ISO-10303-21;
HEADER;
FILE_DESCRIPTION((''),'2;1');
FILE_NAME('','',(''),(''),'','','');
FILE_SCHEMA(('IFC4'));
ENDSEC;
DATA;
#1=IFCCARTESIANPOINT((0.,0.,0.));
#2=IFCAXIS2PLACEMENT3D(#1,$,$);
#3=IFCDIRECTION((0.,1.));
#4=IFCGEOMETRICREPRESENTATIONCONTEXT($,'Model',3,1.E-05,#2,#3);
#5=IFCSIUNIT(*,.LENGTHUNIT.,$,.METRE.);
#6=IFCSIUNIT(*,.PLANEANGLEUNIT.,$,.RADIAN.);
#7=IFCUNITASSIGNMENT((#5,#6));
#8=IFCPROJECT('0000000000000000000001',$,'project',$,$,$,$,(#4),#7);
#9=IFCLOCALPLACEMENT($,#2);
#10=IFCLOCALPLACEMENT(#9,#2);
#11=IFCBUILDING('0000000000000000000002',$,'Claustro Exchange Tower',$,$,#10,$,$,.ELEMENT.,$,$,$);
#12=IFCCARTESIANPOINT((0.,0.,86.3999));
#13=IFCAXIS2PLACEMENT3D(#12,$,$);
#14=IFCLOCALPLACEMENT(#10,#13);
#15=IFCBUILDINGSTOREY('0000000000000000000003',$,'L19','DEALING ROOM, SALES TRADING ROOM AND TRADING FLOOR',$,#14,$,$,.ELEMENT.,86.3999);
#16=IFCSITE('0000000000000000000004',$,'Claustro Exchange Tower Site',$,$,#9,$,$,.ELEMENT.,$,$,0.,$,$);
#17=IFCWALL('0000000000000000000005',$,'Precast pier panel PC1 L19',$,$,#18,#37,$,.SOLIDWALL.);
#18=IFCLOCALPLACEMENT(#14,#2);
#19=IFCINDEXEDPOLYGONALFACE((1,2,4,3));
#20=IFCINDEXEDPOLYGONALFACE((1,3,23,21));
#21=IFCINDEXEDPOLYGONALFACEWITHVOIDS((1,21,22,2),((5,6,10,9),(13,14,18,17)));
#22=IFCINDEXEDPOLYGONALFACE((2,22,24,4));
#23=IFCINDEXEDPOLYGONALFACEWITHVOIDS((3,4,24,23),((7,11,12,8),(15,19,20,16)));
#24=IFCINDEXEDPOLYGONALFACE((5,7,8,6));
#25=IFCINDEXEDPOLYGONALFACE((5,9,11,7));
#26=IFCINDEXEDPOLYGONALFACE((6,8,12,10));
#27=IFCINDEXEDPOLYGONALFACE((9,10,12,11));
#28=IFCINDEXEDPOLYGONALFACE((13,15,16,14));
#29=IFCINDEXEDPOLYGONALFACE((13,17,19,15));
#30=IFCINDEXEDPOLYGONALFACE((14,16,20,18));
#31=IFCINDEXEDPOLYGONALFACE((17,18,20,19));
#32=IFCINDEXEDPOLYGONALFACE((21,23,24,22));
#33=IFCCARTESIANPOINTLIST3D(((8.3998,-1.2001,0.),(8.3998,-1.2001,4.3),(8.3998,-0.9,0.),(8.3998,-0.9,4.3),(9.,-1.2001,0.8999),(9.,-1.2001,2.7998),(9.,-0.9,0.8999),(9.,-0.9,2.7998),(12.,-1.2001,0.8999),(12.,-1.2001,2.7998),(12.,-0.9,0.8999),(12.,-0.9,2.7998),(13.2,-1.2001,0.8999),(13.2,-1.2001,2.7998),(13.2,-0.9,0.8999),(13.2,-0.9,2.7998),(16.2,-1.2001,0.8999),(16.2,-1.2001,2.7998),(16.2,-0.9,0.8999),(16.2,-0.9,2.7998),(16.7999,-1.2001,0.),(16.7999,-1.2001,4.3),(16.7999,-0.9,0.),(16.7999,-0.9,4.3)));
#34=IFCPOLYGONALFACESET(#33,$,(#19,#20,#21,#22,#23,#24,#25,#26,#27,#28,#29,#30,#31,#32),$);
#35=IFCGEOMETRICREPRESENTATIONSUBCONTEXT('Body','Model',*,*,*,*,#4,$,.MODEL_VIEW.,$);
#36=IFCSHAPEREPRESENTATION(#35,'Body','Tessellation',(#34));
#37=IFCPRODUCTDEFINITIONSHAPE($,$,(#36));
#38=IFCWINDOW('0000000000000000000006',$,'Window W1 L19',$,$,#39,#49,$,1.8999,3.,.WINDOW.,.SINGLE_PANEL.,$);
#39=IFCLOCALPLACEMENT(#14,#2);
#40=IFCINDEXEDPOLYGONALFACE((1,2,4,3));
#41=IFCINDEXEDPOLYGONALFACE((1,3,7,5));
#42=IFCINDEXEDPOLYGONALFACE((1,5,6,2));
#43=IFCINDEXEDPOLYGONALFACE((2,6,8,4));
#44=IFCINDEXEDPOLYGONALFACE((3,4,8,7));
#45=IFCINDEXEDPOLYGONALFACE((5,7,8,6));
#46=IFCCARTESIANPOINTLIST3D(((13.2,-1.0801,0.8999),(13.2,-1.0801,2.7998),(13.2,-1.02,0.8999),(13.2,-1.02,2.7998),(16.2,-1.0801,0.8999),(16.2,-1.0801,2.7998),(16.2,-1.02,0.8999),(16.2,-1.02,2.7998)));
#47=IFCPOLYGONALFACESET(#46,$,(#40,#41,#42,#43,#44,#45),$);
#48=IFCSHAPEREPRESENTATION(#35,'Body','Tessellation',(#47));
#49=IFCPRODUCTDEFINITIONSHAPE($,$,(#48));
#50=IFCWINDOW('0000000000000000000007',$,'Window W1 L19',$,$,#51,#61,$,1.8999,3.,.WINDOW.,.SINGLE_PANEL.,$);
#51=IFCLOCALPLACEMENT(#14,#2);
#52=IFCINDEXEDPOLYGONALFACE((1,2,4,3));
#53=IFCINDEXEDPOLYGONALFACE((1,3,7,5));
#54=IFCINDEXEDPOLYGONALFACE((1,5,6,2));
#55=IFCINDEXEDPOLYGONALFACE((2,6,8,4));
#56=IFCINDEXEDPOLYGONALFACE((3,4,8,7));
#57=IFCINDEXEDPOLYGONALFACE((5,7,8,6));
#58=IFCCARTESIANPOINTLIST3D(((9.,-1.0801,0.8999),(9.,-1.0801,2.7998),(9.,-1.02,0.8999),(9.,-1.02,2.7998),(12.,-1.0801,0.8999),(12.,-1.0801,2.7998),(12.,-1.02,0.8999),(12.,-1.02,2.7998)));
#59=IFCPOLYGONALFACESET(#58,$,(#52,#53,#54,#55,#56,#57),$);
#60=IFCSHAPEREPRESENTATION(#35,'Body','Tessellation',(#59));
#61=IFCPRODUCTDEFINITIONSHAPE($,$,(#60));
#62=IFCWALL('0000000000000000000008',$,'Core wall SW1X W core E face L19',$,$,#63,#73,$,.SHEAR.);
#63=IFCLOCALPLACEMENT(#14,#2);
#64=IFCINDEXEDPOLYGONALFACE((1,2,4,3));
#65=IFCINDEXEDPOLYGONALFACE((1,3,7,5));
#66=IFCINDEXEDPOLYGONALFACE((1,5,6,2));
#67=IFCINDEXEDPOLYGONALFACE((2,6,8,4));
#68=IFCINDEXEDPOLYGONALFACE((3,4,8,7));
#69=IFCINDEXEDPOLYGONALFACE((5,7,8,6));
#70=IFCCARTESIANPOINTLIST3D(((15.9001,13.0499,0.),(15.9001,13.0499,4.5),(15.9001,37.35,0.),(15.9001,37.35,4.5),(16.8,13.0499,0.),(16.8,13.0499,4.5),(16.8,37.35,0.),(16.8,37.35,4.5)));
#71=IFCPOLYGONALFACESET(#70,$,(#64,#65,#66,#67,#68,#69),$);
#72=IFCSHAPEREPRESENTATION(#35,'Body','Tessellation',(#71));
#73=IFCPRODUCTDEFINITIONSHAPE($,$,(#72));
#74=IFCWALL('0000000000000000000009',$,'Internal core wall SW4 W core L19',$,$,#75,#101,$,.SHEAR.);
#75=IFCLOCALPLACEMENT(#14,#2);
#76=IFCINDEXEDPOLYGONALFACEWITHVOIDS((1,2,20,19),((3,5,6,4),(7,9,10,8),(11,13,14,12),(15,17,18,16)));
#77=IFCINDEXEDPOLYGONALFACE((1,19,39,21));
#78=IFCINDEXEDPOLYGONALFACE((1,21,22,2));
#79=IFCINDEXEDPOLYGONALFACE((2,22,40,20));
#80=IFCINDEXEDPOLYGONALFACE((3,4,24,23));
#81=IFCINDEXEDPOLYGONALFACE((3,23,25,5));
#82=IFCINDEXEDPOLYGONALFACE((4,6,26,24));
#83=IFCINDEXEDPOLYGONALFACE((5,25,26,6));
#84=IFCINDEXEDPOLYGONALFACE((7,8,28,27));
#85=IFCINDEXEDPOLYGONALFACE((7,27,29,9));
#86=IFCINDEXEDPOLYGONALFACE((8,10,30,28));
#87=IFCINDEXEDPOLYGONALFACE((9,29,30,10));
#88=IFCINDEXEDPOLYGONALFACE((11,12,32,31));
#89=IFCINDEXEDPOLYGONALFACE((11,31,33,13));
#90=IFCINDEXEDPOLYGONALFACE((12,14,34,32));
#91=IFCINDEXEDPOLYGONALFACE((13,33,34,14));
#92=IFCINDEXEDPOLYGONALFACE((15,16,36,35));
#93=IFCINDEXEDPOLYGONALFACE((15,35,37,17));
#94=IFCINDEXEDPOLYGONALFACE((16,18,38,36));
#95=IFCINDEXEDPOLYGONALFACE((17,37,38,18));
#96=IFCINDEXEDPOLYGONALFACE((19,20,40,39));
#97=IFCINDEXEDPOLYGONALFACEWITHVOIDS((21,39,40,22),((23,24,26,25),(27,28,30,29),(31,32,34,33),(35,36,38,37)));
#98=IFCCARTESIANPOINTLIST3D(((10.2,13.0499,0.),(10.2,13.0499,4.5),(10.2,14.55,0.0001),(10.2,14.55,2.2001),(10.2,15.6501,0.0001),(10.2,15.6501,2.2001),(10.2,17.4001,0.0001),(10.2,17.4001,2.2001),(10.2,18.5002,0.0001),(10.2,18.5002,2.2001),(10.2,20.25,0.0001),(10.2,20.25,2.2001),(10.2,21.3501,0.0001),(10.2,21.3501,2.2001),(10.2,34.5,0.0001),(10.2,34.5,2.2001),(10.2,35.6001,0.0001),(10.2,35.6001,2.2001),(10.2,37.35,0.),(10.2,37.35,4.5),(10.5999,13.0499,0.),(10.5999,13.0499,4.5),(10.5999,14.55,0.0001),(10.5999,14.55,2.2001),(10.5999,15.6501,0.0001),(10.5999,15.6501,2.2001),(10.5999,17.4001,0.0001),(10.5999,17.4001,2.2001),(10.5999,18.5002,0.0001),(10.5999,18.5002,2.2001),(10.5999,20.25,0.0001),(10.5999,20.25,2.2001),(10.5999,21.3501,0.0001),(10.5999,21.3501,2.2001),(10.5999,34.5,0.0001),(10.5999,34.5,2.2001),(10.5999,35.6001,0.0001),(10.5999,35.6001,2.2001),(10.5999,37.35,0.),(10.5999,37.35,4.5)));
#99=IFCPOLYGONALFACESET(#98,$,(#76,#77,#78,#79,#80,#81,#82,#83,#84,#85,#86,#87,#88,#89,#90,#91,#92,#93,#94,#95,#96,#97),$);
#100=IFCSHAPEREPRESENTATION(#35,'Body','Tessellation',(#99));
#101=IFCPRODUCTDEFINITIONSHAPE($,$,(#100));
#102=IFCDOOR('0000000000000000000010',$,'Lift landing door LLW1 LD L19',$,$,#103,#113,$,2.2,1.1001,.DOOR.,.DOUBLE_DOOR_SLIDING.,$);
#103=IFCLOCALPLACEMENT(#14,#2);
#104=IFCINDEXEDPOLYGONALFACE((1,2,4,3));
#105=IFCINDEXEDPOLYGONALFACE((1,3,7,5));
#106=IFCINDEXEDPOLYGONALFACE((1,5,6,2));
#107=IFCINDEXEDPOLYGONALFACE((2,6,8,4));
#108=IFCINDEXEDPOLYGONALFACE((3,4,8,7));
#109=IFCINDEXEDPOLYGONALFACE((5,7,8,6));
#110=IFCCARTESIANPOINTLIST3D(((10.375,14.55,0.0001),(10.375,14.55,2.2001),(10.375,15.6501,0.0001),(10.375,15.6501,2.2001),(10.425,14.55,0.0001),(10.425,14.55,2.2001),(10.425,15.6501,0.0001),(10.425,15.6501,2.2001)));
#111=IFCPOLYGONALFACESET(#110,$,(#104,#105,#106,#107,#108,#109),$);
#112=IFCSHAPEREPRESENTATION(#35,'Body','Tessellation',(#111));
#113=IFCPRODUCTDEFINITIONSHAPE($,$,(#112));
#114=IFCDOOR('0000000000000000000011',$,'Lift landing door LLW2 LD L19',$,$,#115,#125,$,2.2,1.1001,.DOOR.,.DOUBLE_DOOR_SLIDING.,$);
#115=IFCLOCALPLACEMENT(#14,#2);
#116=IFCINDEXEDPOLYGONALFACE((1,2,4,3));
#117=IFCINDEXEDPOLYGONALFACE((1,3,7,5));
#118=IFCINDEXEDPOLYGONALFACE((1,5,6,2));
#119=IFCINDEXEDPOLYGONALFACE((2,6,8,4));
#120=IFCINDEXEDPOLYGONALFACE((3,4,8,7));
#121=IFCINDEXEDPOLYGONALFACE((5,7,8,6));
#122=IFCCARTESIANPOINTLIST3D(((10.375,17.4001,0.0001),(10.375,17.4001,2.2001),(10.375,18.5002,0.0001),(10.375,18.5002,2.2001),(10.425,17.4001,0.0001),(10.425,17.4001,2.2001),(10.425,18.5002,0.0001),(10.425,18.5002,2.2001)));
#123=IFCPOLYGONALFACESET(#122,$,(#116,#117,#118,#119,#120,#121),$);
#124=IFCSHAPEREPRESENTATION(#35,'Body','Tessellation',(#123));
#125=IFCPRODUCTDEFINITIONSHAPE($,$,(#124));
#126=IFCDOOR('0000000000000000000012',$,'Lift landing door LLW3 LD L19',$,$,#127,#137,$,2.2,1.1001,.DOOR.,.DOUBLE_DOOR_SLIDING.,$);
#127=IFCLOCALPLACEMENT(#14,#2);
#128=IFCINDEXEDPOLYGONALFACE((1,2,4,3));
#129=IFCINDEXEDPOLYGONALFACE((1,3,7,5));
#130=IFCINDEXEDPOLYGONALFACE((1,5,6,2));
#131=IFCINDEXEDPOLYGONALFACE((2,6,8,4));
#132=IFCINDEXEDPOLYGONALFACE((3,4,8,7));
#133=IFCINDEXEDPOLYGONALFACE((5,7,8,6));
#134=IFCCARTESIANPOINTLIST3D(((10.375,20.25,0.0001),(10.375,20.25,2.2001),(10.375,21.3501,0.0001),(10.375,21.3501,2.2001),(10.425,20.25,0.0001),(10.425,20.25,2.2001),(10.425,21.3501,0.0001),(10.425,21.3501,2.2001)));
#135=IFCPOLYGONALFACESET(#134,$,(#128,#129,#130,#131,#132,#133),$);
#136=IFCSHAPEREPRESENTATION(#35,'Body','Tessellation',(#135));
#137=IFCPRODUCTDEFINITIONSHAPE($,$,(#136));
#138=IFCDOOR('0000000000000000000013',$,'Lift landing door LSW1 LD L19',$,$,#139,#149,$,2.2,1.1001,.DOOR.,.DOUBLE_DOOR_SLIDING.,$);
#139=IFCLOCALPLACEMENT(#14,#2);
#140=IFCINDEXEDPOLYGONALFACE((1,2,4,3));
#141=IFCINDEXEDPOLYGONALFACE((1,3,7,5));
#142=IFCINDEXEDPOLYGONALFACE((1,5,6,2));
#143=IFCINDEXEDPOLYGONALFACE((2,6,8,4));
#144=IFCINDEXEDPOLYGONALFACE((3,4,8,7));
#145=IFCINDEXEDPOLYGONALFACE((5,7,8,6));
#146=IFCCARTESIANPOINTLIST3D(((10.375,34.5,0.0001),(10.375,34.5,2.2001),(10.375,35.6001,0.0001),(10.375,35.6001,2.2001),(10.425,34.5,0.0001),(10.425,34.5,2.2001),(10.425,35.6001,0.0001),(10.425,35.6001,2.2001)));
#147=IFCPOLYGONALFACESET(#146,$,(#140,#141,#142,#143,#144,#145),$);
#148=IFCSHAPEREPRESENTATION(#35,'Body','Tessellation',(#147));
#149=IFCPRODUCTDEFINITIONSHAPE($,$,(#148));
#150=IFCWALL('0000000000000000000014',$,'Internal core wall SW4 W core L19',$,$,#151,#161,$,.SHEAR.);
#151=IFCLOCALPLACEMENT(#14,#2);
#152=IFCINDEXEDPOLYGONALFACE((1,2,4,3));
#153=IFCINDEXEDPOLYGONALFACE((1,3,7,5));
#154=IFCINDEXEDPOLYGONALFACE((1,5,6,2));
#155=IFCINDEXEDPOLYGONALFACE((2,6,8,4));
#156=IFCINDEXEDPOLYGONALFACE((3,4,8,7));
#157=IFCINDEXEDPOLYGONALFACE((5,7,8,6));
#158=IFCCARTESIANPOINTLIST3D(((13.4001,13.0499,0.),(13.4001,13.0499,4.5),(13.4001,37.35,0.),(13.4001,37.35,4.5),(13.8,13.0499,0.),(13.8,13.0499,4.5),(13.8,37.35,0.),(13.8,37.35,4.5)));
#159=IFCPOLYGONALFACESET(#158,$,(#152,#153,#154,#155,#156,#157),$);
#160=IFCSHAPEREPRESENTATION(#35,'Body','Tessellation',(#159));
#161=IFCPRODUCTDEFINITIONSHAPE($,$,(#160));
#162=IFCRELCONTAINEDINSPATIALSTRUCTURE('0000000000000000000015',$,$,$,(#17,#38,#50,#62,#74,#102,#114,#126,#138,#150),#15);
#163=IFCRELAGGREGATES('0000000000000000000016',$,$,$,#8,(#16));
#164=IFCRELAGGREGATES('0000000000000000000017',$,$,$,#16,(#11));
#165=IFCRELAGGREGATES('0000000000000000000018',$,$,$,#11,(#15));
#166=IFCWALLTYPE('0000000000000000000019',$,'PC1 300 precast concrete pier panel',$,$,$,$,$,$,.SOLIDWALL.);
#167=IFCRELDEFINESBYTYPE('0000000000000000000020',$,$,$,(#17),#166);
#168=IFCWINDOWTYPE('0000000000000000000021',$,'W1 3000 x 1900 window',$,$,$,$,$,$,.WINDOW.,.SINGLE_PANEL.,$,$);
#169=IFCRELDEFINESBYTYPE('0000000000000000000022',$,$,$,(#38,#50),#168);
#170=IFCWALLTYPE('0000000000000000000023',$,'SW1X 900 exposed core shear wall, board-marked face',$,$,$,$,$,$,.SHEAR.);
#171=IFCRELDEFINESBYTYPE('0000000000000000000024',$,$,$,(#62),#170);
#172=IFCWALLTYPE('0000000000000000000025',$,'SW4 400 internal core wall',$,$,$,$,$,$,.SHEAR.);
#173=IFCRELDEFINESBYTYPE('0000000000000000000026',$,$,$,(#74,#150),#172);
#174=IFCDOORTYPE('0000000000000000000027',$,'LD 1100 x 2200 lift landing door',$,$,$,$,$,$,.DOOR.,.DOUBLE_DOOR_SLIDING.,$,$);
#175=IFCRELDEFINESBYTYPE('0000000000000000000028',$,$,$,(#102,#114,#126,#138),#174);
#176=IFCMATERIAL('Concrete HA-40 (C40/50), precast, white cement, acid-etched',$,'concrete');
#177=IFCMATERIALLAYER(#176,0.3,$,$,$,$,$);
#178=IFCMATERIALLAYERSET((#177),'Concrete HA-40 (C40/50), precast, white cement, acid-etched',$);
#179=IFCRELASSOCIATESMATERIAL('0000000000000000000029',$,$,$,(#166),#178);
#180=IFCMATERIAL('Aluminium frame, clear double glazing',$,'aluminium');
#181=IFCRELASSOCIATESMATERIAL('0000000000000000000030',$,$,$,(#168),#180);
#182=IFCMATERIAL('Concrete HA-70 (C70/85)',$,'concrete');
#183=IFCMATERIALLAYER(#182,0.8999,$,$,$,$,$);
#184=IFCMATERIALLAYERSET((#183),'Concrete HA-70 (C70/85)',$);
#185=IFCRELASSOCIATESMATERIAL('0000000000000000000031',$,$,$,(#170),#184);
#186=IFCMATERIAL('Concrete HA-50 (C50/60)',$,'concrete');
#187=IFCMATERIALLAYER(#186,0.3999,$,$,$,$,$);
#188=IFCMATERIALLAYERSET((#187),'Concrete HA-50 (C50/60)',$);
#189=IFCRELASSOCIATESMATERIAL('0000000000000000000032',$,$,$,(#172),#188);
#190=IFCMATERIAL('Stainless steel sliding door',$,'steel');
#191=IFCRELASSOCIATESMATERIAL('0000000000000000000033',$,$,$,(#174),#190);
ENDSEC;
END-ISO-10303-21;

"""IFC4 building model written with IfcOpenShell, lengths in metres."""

from ifc_helpers import new_model, si_unit, direction, frame, frame_2d, origin, place, context, subcontext, project, spatial, rectangle, extrude, material, layer, layer_set, type_object, element, fill, save


model = new_model("IFC4")

# Units and contexts
model_context = context("Model", 3, precision=1e-05, world=origin(), true_north=direction((0.0, 1.0)))
body_context = subcontext(model_context, "Body", "Model", "MODEL_VIEW")
ifc_project = project(units=[si_unit("LENGTHUNIT", "METRE"), si_unit("PLANEANGLEUNIT", "RADIAN")], contexts=[model_context])

# Site, building, storey
site_placement = place(None, origin())
site = spatial("IfcSite", under=ifc_project, at=site_placement, Name="Claustro Exchange Tower Site", CompositionType="ELEMENT", RefElevation=0.0)
building_placement = place(site_placement, origin())
building = spatial("IfcBuilding", under=site, at=building_placement, Name="Claustro Exchange Tower", CompositionType="ELEMENT")
storey_placement = place(building_placement, frame((0.0, 0.0, 86.3999)))
storey = spatial("IfcBuildingStorey", under=building, at=storey_placement, Name="L19", Description="DEALING ROOM, SALES TRADING ROOM AND TRADING FLOOR", CompositionType="ELEMENT", Elevation=86.3999)

# Wall, openings, windows
ifc_material_1 = material(Name="Concrete HA-40 (C40/50), precast, white cement, acid-etched", Category="concrete")
ifc_layer_1 = layer(ifc_material_1, 0.3)
ifc_layer_set_1 = layer_set([ifc_layer_1], Name="Concrete HA-40 (C40/50), precast, white cement, acid-etched")
wall_type_1 = type_object("IfcWallType", Name="PC1 300 precast concrete pier panel", PredefinedType="SOLIDWALL", material=ifc_layer_set_1)
wall_1_placement = place(storey_placement, frame((16.8, -1.05, 0.0), z_axis=(0.0, 0.0, 1.0), x_axis=(-1.0, 0.0, 0.0)))
wall_1 = element("IfcWall", 1, at=wall_1_placement, inside=storey, type_object=wall_type_1, Name="Precast pier panel PC1 L19", PredefinedType="SOLIDWALL", context=body_context, shape_type="SweptSolid", body=[
    extrude(rectangle(XDim=8.4001, YDim=0.3, at=frame_2d((4.2002, 0.0))), origin(), (0.0, 0.0, 1.0), 4.3),
])
opening_1_placement = place(wall_1_placement, frame((0.6001, 0.0, 0.8999)))
opening_1 = element("IfcOpeningElement", 2, at=opening_1_placement, cuts=wall_1, PredefinedType="OPENING", context=body_context, shape_type="SweptSolid", body=[
    extrude(rectangle(XDim=3.0, YDim=1.8999, at=frame_2d((1.5, 0.95))), frame((0.0, 0.1599, 0.0), z_axis=(0.0, -1.0, 0.0), x_axis=(1.0, 0.0, 0.0)), (0.0, 0.0, 1.0), 0.3201),
])
opening_2_placement = place(wall_1_placement, frame((4.8, 0.0, 0.8999)))
opening_2 = element("IfcOpeningElement", 3, at=opening_2_placement, cuts=wall_1, PredefinedType="OPENING", context=body_context, shape_type="SweptSolid", body=[
    extrude(rectangle(XDim=3.0, YDim=1.8999, at=frame_2d((1.5, 0.95))), frame((0.0, 0.1599, 0.0), z_axis=(0.0, -1.0, 0.0), x_axis=(1.0, 0.0, 0.0)), (0.0, 0.0, 1.0), 0.3201),
])
ifc_material_2 = material(Name="Aluminium frame, clear double glazing", Category="aluminium")
window_type = type_object("IfcWindowType", Name="W1 3000 x 1900 window", PartitioningType="SINGLE_PANEL", PredefinedType="WINDOW", material=ifc_material_2)
window_1_placement = place(opening_1_placement, origin())
window_1 = element("IfcWindow", 4, at=window_1_placement, inside=storey, type_object=window_type, Name="Window W1 L19", OverallHeight=1.8999, OverallWidth=3.0, PartitioningType="SINGLE_PANEL", PredefinedType="WINDOW", context=body_context, shape_type="SweptSolid", body=[
    extrude(rectangle(XDim=3.0, YDim=1.8999, at=frame_2d((1.5, 0.95))), frame((0.0, 0.03, 0.0), z_axis=(0.0, -1.0, 0.0), x_axis=(1.0, 0.0, 0.0)), (0.0, 0.0, 1.0), 0.0601),
])
fill(opening_1, window_1)
window_2_placement = place(opening_2_placement, origin())
window_2 = element("IfcWindow", 5, at=window_2_placement, inside=storey, type_object=window_type, Name="Window W1 L19", OverallHeight=1.8999, OverallWidth=3.0, PartitioningType="SINGLE_PANEL", PredefinedType="WINDOW", context=body_context, shape_type="SweptSolid", body=[
    extrude(rectangle(XDim=3.0, YDim=1.8999, at=frame_2d((1.5, 0.95))), frame((0.0, 0.03, 0.0), z_axis=(0.0, -1.0, 0.0), x_axis=(1.0, 0.0, 0.0)), (0.0, 0.0, 1.0), 0.0601),
])
fill(opening_2, window_2)

# Wall
ifc_material_3 = material(Name="Concrete HA-70 (C70/85)", Category="concrete")
ifc_layer_2 = layer(ifc_material_3, 0.8999)
ifc_layer_set_2 = layer_set([ifc_layer_2], Name="Concrete HA-70 (C70/85)")
wall_type_2 = type_object("IfcWallType", Name="SW1X 900 exposed core shear wall, board-marked face", PredefinedType="SHEAR", material=ifc_layer_set_2)
wall_2_placement = place(storey_placement, frame((16.3501, 13.05, 0.0), z_axis=(0.0, 0.0, 1.0), x_axis=(0.0, 1.0, 0.0)))
element("IfcWall", 6, at=wall_2_placement, inside=storey, type_object=wall_type_2, Name="Core wall SW1X W core E face L19", PredefinedType="SHEAR", context=body_context, shape_type="SweptSolid", body=[
    extrude(rectangle(XDim=24.3, YDim=0.8999, at=frame_2d((12.1499, 0.0))), origin(), (0.0, 0.0, 1.0), 4.5),
])

# Wall, openings, doors
ifc_material_4 = material(Name="Concrete HA-50 (C50/60)", Category="concrete")
ifc_layer_3 = layer(ifc_material_4, 0.3999)
ifc_layer_set_3 = layer_set([ifc_layer_3], Name="Concrete HA-50 (C50/60)")
wall_type_3 = type_object("IfcWallType", Name="SW4 400 internal core wall", PredefinedType="SHEAR", material=ifc_layer_set_3)
wall_3_placement = place(storey_placement, frame((10.3999, 13.05, 0.0), z_axis=(0.0, 0.0, 1.0), x_axis=(0.0, 1.0, 0.0)))
wall_3 = element("IfcWall", 7, at=wall_3_placement, inside=storey, type_object=wall_type_3, Name="Internal core wall SW4 W core L19", PredefinedType="SHEAR", context=body_context, shape_type="SweptSolid", body=[
    extrude(rectangle(XDim=24.3, YDim=0.3999, at=frame_2d((12.1499, 0.0))), origin(), (0.0, 0.0, 1.0), 4.5),
])
opening_3_placement = place(wall_3_placement, frame((1.5, 0.0, 0.0)))
opening_3 = element("IfcOpeningElement", 8, at=opening_3_placement, cuts=wall_3, PredefinedType="OPENING", context=body_context, shape_type="SweptSolid", body=[
    extrude(rectangle(XDim=1.1001, YDim=2.2, at=frame_2d((0.55, 1.1001))), frame((0.0, 0.21, 0.0), z_axis=(0.0, -1.0, 0.0), x_axis=(1.0, 0.0, 0.0)), (0.0, 0.0, 1.0), 0.4199),
])
opening_4_placement = place(wall_3_placement, frame((4.3501, 0.0, 0.0)))
opening_4 = element("IfcOpeningElement", 9, at=opening_4_placement, cuts=wall_3, PredefinedType="OPENING", context=body_context, shape_type="SweptSolid", body=[
    extrude(rectangle(XDim=1.1001, YDim=2.2, at=frame_2d((0.55, 1.1001))), frame((0.0, 0.21, 0.0), z_axis=(0.0, -1.0, 0.0), x_axis=(1.0, 0.0, 0.0)), (0.0, 0.0, 1.0), 0.4199),
])
opening_5_placement = place(wall_3_placement, frame((7.2, 0.0, 0.0)))
opening_5 = element("IfcOpeningElement", 10, at=opening_5_placement, cuts=wall_3, PredefinedType="OPENING", context=body_context, shape_type="SweptSolid", body=[
    extrude(rectangle(XDim=1.1001, YDim=2.2, at=frame_2d((0.55, 1.1001))), frame((0.0, 0.21, 0.0), z_axis=(0.0, -1.0, 0.0), x_axis=(1.0, 0.0, 0.0)), (0.0, 0.0, 1.0), 0.4199),
])
opening_6_placement = place(wall_3_placement, frame((21.45, 0.0, 0.0)))
opening_6 = element("IfcOpeningElement", 11, at=opening_6_placement, cuts=wall_3, PredefinedType="OPENING", context=body_context, shape_type="SweptSolid", body=[
    extrude(rectangle(XDim=1.1001, YDim=2.2, at=frame_2d((0.55, 1.1001))), frame((0.0, 0.21, 0.0), z_axis=(0.0, -1.0, 0.0), x_axis=(1.0, 0.0, 0.0)), (0.0, 0.0, 1.0), 0.4199),
])
ifc_material_5 = material(Name="Stainless steel sliding door", Category="steel")
door_type_1 = type_object("IfcDoorType", Name="LD 1100 x 2200 lift landing door", OperationType="DOUBLE_DOOR_SLIDING", PredefinedType="DOOR", material=ifc_material_5)
door_1_placement = place(opening_3_placement, origin())
door_1 = element("IfcDoor", 12, at=door_1_placement, inside=storey, type_object=door_type_1, Name="Lift landing door LLW1 LD L19", OperationType="DOUBLE_DOOR_SLIDING", OverallHeight=2.2, OverallWidth=1.1001, PredefinedType="DOOR", context=body_context, shape_type="SweptSolid", body=[
    extrude(rectangle(XDim=1.1001, YDim=2.2, at=frame_2d((0.55, 1.1001))), frame((0.0, 0.0249, 0.0), z_axis=(0.0, -1.0, 0.0), x_axis=(1.0, 0.0, 0.0)), (0.0, 0.0, 1.0), 0.05),
])
fill(opening_3, door_1)
door_2_placement = place(opening_4_placement, origin())
door_2 = element("IfcDoor", 13, at=door_2_placement, inside=storey, type_object=door_type_1, Name="Lift landing door LLW2 LD L19", OperationType="DOUBLE_DOOR_SLIDING", OverallHeight=2.2, OverallWidth=1.1001, PredefinedType="DOOR", context=body_context, shape_type="SweptSolid", body=[
    extrude(rectangle(XDim=1.1001, YDim=2.2, at=frame_2d((0.55, 1.1001))), frame((0.0, 0.0249, 0.0), z_axis=(0.0, -1.0, 0.0), x_axis=(1.0, 0.0, 0.0)), (0.0, 0.0, 1.0), 0.05),
])
fill(opening_4, door_2)
door_3_placement = place(opening_5_placement, origin())
door_3 = element("IfcDoor", 14, at=door_3_placement, inside=storey, type_object=door_type_1, Name="Lift landing door LLW3 LD L19", OperationType="DOUBLE_DOOR_SLIDING", OverallHeight=2.2, OverallWidth=1.1001, PredefinedType="DOOR", context=body_context, shape_type="SweptSolid", body=[
    extrude(rectangle(XDim=1.1001, YDim=2.2, at=frame_2d((0.55, 1.1001))), frame((0.0, 0.0249, 0.0), z_axis=(0.0, -1.0, 0.0), x_axis=(1.0, 0.0, 0.0)), (0.0, 0.0, 1.0), 0.05),
])
fill(opening_5, door_3)
door_4_placement = place(opening_6_placement, origin())
door_4 = element("IfcDoor", 15, at=door_4_placement, inside=storey, type_object=door_type_1, Name="Lift landing door LSW1 LD L19", OperationType="DOUBLE_DOOR_SLIDING", OverallHeight=2.2, OverallWidth=1.1001, PredefinedType="DOOR", context=body_context, shape_type="SweptSolid", body=[
    extrude(rectangle(XDim=1.1001, YDim=2.2, at=frame_2d((0.55, 1.1001))), frame((0.0, 0.0249, 0.0), z_axis=(0.0, -1.0, 0.0), x_axis=(1.0, 0.0, 0.0)), (0.0, 0.0, 1.0), 0.05),
])
fill(opening_6, door_4)

# Wall
wall_4_placement = place(storey_placement, frame((13.6001, 13.05, 0.0), z_axis=(0.0, 0.0, 1.0), x_axis=(0.0, 1.0, 0.0)))
element("IfcWall", 16, at=wall_4_placement, inside=storey, type_object=wall_type_3, Name="Internal core wall SW4 W core L19", PredefinedType="SHEAR", context=body_context, shape_type="SweptSolid", body=[
    extrude(rectangle(XDim=24.3, YDim=0.3999, at=frame_2d((12.1499, 0.0))), origin(), (0.0, 0.0, 1.0), 4.5),
])

save(model, "model.ifc")
